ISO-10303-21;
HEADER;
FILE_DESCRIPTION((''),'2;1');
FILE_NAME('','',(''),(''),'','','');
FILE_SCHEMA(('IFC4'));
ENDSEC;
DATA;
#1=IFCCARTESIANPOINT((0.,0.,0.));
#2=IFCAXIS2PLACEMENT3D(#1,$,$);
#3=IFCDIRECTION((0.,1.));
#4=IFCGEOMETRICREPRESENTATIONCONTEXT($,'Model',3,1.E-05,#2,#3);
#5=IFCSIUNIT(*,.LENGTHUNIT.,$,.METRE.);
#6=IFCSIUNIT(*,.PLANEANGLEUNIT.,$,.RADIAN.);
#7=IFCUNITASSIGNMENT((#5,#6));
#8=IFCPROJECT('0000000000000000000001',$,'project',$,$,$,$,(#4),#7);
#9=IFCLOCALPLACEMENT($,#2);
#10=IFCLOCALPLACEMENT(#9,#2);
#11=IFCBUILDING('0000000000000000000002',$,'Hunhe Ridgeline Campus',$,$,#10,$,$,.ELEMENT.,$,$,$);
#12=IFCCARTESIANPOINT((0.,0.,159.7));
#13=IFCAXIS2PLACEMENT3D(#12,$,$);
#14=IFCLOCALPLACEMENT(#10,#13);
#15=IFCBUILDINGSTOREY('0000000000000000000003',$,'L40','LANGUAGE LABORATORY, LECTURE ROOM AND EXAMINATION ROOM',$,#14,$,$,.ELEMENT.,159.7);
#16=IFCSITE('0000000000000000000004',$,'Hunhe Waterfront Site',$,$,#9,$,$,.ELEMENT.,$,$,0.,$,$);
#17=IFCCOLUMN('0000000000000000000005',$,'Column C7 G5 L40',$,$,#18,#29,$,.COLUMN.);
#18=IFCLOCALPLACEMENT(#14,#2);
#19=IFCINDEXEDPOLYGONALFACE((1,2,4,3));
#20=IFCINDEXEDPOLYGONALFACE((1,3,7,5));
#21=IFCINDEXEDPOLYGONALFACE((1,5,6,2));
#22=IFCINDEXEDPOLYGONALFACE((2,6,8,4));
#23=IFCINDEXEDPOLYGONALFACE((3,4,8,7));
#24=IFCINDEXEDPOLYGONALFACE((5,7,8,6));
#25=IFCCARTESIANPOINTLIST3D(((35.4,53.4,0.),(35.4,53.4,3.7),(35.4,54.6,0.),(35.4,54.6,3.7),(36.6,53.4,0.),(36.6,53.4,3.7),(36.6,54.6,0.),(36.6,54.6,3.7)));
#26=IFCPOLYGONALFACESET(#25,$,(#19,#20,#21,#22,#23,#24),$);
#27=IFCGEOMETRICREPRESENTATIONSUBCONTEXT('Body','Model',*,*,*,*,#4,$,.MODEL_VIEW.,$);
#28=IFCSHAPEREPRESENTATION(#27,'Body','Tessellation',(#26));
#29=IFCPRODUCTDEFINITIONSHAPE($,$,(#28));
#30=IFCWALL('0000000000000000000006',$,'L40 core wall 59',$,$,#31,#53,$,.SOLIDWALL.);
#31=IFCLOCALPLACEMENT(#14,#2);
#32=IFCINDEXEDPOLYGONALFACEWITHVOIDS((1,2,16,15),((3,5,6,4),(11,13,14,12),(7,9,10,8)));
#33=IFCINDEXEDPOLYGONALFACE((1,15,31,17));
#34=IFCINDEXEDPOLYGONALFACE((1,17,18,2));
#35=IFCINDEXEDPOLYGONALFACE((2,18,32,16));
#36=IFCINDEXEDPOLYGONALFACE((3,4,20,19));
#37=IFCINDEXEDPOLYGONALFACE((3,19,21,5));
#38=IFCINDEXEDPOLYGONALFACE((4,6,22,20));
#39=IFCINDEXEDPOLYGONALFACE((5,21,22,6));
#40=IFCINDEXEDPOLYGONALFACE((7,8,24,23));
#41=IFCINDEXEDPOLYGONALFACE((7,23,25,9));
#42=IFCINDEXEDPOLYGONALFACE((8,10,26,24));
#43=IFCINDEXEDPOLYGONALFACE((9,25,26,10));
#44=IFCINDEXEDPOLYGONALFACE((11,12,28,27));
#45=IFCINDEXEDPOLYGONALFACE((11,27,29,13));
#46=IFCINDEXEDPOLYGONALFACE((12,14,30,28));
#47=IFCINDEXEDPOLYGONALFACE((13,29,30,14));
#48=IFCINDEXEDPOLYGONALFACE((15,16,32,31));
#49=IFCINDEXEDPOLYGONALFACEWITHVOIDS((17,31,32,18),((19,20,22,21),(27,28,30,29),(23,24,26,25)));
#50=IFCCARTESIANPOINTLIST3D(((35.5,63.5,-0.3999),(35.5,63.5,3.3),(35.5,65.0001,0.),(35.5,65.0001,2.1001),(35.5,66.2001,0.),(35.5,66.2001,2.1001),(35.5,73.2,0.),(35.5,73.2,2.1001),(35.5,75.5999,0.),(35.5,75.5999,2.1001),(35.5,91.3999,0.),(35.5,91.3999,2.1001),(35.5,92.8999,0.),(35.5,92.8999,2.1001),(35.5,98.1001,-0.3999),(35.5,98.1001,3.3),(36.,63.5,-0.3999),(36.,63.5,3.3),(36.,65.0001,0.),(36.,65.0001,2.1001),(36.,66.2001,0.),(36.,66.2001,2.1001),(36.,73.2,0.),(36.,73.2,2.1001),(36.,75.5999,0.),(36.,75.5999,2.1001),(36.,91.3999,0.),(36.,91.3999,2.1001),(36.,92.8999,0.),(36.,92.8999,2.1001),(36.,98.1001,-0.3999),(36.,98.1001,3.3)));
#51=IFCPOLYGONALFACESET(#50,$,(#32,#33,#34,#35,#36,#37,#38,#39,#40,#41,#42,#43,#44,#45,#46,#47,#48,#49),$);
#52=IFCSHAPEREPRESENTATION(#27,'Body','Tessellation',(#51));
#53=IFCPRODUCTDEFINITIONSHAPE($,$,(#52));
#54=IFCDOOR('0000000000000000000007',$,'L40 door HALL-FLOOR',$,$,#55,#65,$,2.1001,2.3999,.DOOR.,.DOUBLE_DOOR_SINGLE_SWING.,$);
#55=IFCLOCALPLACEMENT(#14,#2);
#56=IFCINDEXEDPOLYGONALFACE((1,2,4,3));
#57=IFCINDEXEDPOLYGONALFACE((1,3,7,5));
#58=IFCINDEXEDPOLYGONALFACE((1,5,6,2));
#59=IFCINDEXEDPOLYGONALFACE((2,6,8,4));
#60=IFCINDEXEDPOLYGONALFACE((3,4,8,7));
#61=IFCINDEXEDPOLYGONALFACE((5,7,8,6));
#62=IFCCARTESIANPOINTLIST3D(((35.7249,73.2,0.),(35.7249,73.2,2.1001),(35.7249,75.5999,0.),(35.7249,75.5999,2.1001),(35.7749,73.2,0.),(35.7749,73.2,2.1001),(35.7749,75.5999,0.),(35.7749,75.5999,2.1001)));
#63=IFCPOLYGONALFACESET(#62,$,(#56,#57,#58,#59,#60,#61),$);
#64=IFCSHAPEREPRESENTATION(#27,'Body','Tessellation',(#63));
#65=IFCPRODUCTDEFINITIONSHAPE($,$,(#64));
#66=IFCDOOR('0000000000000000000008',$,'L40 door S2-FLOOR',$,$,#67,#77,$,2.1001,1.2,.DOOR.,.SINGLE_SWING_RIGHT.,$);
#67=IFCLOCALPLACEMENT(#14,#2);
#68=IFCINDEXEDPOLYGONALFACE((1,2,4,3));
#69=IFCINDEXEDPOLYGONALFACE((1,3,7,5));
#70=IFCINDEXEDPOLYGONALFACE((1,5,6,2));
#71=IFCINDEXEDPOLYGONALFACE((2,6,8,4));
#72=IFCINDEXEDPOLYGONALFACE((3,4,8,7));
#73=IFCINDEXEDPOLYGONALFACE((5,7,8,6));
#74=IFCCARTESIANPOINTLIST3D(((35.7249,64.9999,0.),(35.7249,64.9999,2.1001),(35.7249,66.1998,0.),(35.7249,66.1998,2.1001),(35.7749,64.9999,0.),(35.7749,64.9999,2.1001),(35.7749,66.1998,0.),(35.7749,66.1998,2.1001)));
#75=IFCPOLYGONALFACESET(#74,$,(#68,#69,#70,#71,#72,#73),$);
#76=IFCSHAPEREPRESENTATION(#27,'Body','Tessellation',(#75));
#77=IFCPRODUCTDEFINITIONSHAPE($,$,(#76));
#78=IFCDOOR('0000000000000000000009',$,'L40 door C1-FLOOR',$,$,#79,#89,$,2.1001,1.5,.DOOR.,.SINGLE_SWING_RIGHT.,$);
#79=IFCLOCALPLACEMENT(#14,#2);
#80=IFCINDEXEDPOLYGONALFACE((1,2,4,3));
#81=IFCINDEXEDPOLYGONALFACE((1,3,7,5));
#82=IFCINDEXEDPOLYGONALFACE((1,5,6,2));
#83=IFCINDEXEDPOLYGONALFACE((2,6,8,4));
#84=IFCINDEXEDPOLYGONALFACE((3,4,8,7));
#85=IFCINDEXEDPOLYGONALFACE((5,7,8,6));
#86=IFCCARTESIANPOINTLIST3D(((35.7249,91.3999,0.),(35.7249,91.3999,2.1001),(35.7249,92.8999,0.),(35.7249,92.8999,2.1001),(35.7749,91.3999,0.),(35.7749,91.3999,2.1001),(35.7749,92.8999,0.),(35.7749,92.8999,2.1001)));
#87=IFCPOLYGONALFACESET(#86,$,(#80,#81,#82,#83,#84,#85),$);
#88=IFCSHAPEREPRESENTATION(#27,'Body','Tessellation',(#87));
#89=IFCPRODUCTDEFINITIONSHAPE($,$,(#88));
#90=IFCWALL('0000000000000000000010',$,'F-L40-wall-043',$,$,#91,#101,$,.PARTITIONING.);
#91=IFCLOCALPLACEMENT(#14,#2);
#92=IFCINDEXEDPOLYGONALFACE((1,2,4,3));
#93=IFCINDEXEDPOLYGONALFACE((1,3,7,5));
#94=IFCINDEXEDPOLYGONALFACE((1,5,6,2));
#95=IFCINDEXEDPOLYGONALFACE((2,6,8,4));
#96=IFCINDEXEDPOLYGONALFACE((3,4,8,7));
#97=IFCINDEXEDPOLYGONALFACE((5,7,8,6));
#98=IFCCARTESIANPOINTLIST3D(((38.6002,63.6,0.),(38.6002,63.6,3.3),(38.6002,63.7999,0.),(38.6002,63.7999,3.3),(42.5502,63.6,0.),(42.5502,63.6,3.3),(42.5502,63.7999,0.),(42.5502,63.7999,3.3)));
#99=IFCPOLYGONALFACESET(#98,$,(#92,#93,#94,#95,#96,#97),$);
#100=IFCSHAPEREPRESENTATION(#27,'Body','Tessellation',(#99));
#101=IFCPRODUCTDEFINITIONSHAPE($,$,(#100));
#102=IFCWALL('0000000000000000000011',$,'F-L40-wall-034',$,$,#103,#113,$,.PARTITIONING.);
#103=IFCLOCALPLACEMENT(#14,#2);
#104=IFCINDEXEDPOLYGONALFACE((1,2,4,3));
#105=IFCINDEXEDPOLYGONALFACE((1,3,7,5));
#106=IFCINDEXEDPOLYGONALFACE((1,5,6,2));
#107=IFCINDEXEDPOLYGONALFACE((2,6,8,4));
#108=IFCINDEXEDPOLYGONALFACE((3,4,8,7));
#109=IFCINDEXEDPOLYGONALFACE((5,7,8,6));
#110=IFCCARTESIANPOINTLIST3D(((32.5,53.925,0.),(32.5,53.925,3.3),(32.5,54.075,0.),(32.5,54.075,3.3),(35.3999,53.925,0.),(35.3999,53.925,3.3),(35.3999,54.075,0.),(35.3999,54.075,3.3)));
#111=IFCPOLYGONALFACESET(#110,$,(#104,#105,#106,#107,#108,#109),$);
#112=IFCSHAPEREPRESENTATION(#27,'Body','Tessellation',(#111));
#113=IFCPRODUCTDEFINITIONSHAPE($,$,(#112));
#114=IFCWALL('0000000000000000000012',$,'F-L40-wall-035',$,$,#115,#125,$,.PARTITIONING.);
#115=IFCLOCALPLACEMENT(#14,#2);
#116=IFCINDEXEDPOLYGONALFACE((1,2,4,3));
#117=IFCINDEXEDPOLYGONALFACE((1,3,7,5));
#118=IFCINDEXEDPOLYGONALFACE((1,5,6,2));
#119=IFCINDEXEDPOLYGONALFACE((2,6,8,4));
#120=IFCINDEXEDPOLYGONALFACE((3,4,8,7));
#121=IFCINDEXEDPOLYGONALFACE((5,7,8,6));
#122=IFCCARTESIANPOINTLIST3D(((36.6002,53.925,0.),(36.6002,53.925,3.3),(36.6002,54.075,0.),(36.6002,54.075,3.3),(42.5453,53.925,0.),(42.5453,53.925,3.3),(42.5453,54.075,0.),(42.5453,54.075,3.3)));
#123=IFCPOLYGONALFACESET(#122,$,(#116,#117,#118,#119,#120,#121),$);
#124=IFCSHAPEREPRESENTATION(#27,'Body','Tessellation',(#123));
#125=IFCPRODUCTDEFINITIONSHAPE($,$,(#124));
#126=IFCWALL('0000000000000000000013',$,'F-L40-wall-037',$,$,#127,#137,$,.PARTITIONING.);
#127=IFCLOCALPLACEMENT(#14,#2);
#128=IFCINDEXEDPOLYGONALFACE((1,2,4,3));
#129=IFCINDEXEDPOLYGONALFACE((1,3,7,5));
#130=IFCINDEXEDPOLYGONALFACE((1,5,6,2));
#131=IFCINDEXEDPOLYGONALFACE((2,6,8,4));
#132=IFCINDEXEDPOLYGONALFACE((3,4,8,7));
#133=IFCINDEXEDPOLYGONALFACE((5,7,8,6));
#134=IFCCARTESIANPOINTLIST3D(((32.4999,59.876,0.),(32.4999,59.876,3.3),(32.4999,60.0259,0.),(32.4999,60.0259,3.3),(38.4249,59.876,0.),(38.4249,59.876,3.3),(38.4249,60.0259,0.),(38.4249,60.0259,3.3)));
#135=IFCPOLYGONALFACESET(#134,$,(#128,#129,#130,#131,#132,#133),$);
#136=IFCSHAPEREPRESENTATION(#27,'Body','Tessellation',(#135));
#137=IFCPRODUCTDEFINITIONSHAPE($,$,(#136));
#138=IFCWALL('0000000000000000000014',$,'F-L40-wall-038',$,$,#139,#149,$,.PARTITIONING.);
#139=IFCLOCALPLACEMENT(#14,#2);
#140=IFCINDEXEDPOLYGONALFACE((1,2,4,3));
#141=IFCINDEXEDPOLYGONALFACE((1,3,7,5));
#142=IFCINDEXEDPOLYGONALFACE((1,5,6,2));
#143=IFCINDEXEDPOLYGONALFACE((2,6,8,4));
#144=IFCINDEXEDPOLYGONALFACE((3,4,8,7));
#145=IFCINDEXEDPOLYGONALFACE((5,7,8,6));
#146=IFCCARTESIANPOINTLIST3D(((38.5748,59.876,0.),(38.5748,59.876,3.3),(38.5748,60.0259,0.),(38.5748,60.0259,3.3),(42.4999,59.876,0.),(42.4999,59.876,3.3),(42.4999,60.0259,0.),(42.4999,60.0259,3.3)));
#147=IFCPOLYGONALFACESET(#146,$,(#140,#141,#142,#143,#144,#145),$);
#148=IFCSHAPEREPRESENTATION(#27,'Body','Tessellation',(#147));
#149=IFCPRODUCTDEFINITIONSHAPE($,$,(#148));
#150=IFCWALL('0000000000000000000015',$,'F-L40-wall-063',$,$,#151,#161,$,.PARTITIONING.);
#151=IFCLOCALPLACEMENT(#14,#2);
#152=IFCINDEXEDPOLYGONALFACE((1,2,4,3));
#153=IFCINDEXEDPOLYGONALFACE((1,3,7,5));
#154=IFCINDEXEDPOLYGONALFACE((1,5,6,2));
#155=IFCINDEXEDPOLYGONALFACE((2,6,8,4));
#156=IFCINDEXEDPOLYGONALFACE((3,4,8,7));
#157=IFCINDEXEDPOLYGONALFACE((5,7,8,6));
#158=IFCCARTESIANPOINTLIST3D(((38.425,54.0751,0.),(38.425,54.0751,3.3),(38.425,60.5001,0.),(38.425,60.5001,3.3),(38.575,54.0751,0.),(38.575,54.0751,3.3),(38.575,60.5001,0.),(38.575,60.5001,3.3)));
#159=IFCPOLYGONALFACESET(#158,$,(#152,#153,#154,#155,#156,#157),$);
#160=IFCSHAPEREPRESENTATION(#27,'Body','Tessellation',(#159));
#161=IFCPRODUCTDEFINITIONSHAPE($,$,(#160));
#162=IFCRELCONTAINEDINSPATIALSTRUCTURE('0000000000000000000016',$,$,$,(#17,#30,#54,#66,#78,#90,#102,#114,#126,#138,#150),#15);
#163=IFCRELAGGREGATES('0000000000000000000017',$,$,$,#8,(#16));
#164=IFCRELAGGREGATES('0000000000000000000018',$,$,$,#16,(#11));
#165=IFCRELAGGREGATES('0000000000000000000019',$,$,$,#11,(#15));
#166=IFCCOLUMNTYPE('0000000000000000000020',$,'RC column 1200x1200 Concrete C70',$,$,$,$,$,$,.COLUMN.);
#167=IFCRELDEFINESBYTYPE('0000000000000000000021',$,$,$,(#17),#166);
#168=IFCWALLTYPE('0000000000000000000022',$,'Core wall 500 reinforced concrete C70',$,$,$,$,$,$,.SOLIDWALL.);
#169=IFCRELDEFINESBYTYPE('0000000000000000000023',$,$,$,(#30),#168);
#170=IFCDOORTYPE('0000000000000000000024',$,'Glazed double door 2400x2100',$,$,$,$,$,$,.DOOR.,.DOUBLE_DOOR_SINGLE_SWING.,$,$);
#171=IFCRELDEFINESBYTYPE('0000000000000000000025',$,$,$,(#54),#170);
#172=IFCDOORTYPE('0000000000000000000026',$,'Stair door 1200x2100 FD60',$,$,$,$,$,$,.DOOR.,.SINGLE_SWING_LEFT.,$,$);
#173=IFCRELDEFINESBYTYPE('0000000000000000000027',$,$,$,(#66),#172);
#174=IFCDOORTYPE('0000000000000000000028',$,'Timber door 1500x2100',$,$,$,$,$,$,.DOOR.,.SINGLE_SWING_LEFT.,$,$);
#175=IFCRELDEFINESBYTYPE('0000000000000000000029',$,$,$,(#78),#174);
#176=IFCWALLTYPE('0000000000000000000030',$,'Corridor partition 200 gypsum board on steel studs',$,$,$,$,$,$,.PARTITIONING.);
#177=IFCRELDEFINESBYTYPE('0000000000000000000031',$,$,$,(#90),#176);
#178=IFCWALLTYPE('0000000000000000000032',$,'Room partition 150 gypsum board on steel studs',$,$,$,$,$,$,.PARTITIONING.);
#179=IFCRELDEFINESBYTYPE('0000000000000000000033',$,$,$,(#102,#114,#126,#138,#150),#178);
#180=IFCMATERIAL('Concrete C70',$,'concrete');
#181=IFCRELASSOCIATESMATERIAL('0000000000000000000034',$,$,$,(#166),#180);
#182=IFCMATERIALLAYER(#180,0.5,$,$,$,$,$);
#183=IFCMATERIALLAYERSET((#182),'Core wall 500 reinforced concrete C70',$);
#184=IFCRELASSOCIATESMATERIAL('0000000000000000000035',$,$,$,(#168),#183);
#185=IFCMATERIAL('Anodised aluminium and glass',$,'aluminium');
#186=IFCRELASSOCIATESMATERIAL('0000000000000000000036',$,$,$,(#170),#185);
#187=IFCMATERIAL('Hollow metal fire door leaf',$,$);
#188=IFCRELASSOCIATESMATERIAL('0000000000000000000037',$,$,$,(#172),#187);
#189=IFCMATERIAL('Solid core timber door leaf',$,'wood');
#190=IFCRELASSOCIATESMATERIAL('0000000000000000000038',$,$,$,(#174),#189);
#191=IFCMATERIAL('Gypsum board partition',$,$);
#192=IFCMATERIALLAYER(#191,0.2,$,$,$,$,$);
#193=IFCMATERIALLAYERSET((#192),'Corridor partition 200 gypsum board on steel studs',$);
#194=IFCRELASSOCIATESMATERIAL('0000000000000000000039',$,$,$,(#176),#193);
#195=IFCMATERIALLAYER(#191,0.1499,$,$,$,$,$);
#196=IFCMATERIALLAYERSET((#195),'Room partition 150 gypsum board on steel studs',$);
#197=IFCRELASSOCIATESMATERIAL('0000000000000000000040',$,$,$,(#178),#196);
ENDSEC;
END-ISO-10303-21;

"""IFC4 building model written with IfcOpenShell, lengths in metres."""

from ifc_helpers import new_model, si_unit, direction, frame, frame_2d, origin, origin_2d, place, context, subcontext, project, spatial, rectangle, extrude, material, layer, layer_set, material_profile, profile_set, type_object, element, fill, save


model = new_model("IFC4")

# Units and contexts
model_context = context("Model", 3, precision=1e-05, world=origin(), true_north=direction((0.0, 1.0)))
body_context = subcontext(model_context, "Body", "Model", "MODEL_VIEW")
ifc_project = project(units=[si_unit("LENGTHUNIT", "METRE"), si_unit("PLANEANGLEUNIT", "RADIAN")], contexts=[model_context])

# Site, building, storey
site_placement = place(None, origin())
site = spatial("IfcSite", under=ifc_project, at=site_placement, Name="Hunhe Waterfront Site", CompositionType="ELEMENT", RefElevation=0.0)
building_placement = place(site_placement, origin())
building = spatial("IfcBuilding", under=site, at=building_placement, Name="Hunhe Ridgeline Campus", CompositionType="ELEMENT")
storey_placement = place(building_placement, frame((0.0, 0.0, 159.7)))
storey = spatial("IfcBuildingStorey", under=building, at=storey_placement, Name="L40", Description="LANGUAGE LABORATORY, LECTURE ROOM AND EXAMINATION ROOM", CompositionType="ELEMENT", Elevation=159.7)

# Column
ifc_material_1 = material(Name="Concrete C70", Category="concrete")
ifc_material_profile = material_profile(ifc_material_1, rectangle(XDim=1.2, YDim=1.2, at=origin_2d()))
ifc_profile_set = profile_set([ifc_material_profile], Name="Concrete C70")
column_type = type_object("IfcColumnType", Name="RC column 1200x1200 Concrete C70", PredefinedType="COLUMN", material=ifc_profile_set)
column_placement = place(storey_placement, frame((36.0, 54.0, 0.0), z_axis=(0.0, 0.0, 1.0), x_axis=(1.0, 0.0, 0.0)))
element("IfcColumn", 1, at=column_placement, inside=storey, type_object=column_type, Name="Column C7 G5 L40", PredefinedType="COLUMN", context=body_context, shape_type="SweptSolid", body=[
    extrude(rectangle(XDim=1.2, YDim=1.2, at=origin_2d()), origin(), (0.0, 0.0, 1.0), 3.7),
])

# Wall, openings, doors
ifc_layer_1 = layer(ifc_material_1, 0.5)
ifc_layer_set_1 = layer_set([ifc_layer_1], Name="Core wall 500 reinforced concrete C70")
wall_type_1 = type_object("IfcWallType", Name="Core wall 500 reinforced concrete C70", PredefinedType="SOLIDWALL", material=ifc_layer_set_1)
wall_1_placement = place(storey_placement, frame((35.75, 63.5, -0.3999), z_axis=(0.0, 0.0, 1.0), x_axis=(0.0, 1.0, 0.0)))
wall_1 = element("IfcWall", 2, at=wall_1_placement, inside=storey, type_object=wall_type_1, Name="L40 core wall 59", PredefinedType="SOLIDWALL", context=body_context, shape_type="SweptSolid", body=[
    extrude(rectangle(XDim=34.6001, YDim=0.5, at=frame_2d((17.3, 0.0))), origin(), (0.0, 0.0, 1.0), 3.7),
])
opening_1_placement = place(wall_1_placement, frame((9.7, 0.0, 0.3999)))
opening_1 = element("IfcOpeningElement", 3, at=opening_1_placement, cuts=wall_1, PredefinedType="OPENING", context=body_context, shape_type="SweptSolid", body=[
    extrude(rectangle(XDim=2.3999, YDim=2.1001, at=frame_2d((1.2, 1.05))), frame((0.0, 0.25, 0.0), z_axis=(0.0, -1.0, 0.0), x_axis=(1.0, 0.0, 0.0)), (0.0, 0.0, 1.0), 0.5),
])
opening_2_placement = place(wall_1_placement, frame((27.8999, 0.0, 0.3999)))
opening_2 = element("IfcOpeningElement", 4, at=opening_2_placement, cuts=wall_1, PredefinedType="OPENING", context=body_context, shape_type="SweptSolid", body=[
    extrude(rectangle(XDim=1.5, YDim=2.1001, at=frame_2d((0.75, 1.05))), frame((0.0, 0.25, 0.0), z_axis=(0.0, -1.0, 0.0), x_axis=(1.0, 0.0, 0.0)), (0.0, 0.0, 1.0), 0.5),
])
opening_3_placement = place(wall_1_placement, frame((1.5, 0.0, 0.3999)))
opening_3 = element("IfcOpeningElement", 5, at=opening_3_placement, cuts=wall_1, PredefinedType="OPENING", context=body_context, shape_type="SweptSolid", body=[
    extrude(rectangle(XDim=1.2, YDim=2.1001, at=frame_2d((0.6001, 1.05))), frame((0.0, 0.25, 0.0), z_axis=(0.0, -1.0, 0.0), x_axis=(1.0, 0.0, 0.0)), (0.0, 0.0, 1.0), 0.5),
])
ifc_material_2 = material(Name="Anodised aluminium and glass", Category="aluminium")
door_type_1 = type_object("IfcDoorType", Name="Glazed double door 2400x2100", OperationType="DOUBLE_DOOR_SINGLE_SWING", PredefinedType="DOOR", material=ifc_material_2)
door_1_placement = place(opening_1_placement, frame((2.3999, 0.0, 0.0), z_axis=(0.0, 0.0, 1.0), x_axis=(-1.0, 0.0, 0.0)))
door_1 = element("IfcDoor", 6, at=door_1_placement, inside=storey, type_object=door_type_1, Name="L40 door HALL-FLOOR", OperationType="DOUBLE_DOOR_SINGLE_SWING", OverallHeight=2.1001, OverallWidth=2.3999, PredefinedType="DOOR", context=body_context, shape_type="SweptSolid", body=[
    extrude(rectangle(XDim=2.3999, YDim=2.1001, at=frame_2d((1.2, 1.05))), frame((0.0, 0.0249, 0.0), z_axis=(0.0, -1.0, 0.0), x_axis=(1.0, 0.0, 0.0)), (0.0, 0.0, 1.0), 0.05),
])
fill(opening_1, door_1)
ifc_material_3 = material(Name="Hollow metal fire door leaf")
door_type_2 = type_object("IfcDoorType", Name="Stair door 1200x2100 FD60", OperationType="SINGLE_SWING_LEFT", PredefinedType="DOOR", material=ifc_material_3)
door_2_placement = place(opening_3_placement, frame((1.2, 0.0, 0.0), z_axis=(0.0, 0.0, 1.0), x_axis=(-1.0, 0.0, 0.0)))
door_2 = element("IfcDoor", 7, at=door_2_placement, inside=storey, type_object=door_type_2, Name="L40 door S2-FLOOR", OperationType="SINGLE_SWING_RIGHT", OverallHeight=2.1001, OverallWidth=1.2, PredefinedType="DOOR", context=body_context, shape_type="SweptSolid", body=[
    extrude(rectangle(XDim=1.2, YDim=2.1001, at=frame_2d((0.6001, 1.05))), frame((0.0, 0.0249, 0.0), z_axis=(0.0, -1.0, 0.0), x_axis=(1.0, 0.0, 0.0)), (0.0, 0.0, 1.0), 0.05),
])
fill(opening_3, door_2)
ifc_material_4 = material(Name="Solid core timber door leaf", Category="wood")
door_type_3 = type_object("IfcDoorType", Name="Timber door 1500x2100", OperationType="SINGLE_SWING_LEFT", PredefinedType="DOOR", material=ifc_material_4)
door_3_placement = place(opening_2_placement, frame((1.5, 0.0, 0.0), z_axis=(0.0, 0.0, 1.0), x_axis=(-1.0, 0.0, 0.0)))
door_3 = element("IfcDoor", 8, at=door_3_placement, inside=storey, type_object=door_type_3, Name="L40 door C1-FLOOR", OperationType="SINGLE_SWING_RIGHT", OverallHeight=2.1001, OverallWidth=1.5, PredefinedType="DOOR", context=body_context, shape_type="SweptSolid", body=[
    extrude(rectangle(XDim=1.5, YDim=2.1001, at=frame_2d((0.75, 1.05))), frame((0.0, 0.0249, 0.0), z_axis=(0.0, -1.0, 0.0), x_axis=(1.0, 0.0, 0.0)), (0.0, 0.0, 1.0), 0.05),
])
fill(opening_2, door_3)

# Wall
ifc_material_5 = material(Name="Gypsum board partition")
ifc_layer_2 = layer(ifc_material_5, 0.2)
ifc_layer_set_2 = layer_set([ifc_layer_2], Name="Corridor partition 200 gypsum board on steel studs")
wall_type_2 = type_object("IfcWallType", Name="Corridor partition 200 gypsum board on steel studs", PredefinedType="PARTITIONING", material=ifc_layer_set_2)
wall_2_placement = place(storey_placement, frame((38.6001, 63.7, 0.0), z_axis=(0.0, 0.0, 1.0), x_axis=(1.0, 0.0, 0.0)))
element("IfcWall", 9, at=wall_2_placement, inside=storey, type_object=wall_type_2, Name="F-L40-wall-043", PredefinedType="PARTITIONING", context=body_context, shape_type="SweptSolid", body=[
    extrude(rectangle(XDim=3.95, YDim=0.2, at=frame_2d((1.9751, 0.0))), origin(), (0.0, 0.0, 1.0), 3.3),
])

# Walls
ifc_layer_3 = layer(ifc_material_5, 0.1499)
ifc_layer_set_3 = layer_set([ifc_layer_3], Name="Room partition 150 gypsum board on steel studs")
wall_type_3 = type_object("IfcWallType", Name="Room partition 150 gypsum board on steel studs", PredefinedType="PARTITIONING", material=ifc_layer_set_3)
wall_3_placement = place(storey_placement, frame((32.5, 54.0, 0.0), z_axis=(0.0, 0.0, 1.0), x_axis=(1.0, 0.0, 0.0)))
element("IfcWall", 10, at=wall_3_placement, inside=storey, type_object=wall_type_3, Name="F-L40-wall-034", PredefinedType="PARTITIONING", context=body_context, shape_type="SweptSolid", body=[
    extrude(rectangle(XDim=2.8999, YDim=0.1499, at=frame_2d((1.45, 0.0))), origin(), (0.0, 0.0, 1.0), 3.3),
])
wall_4_placement = place(storey_placement, frame((36.6001, 54.0, 0.0), z_axis=(0.0, 0.0, 1.0), x_axis=(1.0, 0.0, 0.0)))
element("IfcWall", 11, at=wall_4_placement, inside=storey, type_object=wall_type_3, Name="F-L40-wall-035", PredefinedType="PARTITIONING", context=body_context, shape_type="SweptSolid", body=[
    extrude(rectangle(XDim=5.9451, YDim=0.1499, at=frame_2d((2.9727, 0.0))), origin(), (0.0, 0.0, 1.0), 3.3),
])
wall_5_placement = place(storey_placement, frame((32.5, 59.9509, 0.0), z_axis=(0.0, 0.0, 1.0), x_axis=(1.0, 0.0, 0.0)))
element("IfcWall", 12, at=wall_5_placement, inside=storey, type_object=wall_type_3, Name="F-L40-wall-037", PredefinedType="PARTITIONING", context=body_context, shape_type="SweptSolid", body=[
    extrude(rectangle(XDim=5.925, YDim=0.1499, at=frame_2d((2.9624, 0.0))), origin(), (0.0, 0.0, 1.0), 3.3),
])
wall_6_placement = place(storey_placement, frame((38.575, 59.9509, 0.0), z_axis=(0.0, 0.0, 1.0), x_axis=(1.0, 0.0, 0.0)))
element("IfcWall", 13, at=wall_6_placement, inside=storey, type_object=wall_type_3, Name="F-L40-wall-038", PredefinedType="PARTITIONING", context=body_context, shape_type="SweptSolid", body=[
    extrude(rectangle(XDim=3.925, YDim=0.1499, at=frame_2d((1.9624, 0.0))), origin(), (0.0, 0.0, 1.0), 3.3),
])
wall_7_placement = place(storey_placement, frame((38.5, 60.5, 0.0), z_axis=(0.0, 0.0, 1.0), x_axis=(0.0, -1.0, 0.0)))
element("IfcWall", 14, at=wall_7_placement, inside=storey, type_object=wall_type_3, Name="F-L40-wall-063", PredefinedType="PARTITIONING", context=body_context, shape_type="SweptSolid", body=[
    extrude(rectangle(XDim=6.425, YDim=0.1499, at=frame_2d((3.2124, 0.0))), origin(), (0.0, 0.0, 1.0), 3.3),
])

save(model, "model.ifc")
